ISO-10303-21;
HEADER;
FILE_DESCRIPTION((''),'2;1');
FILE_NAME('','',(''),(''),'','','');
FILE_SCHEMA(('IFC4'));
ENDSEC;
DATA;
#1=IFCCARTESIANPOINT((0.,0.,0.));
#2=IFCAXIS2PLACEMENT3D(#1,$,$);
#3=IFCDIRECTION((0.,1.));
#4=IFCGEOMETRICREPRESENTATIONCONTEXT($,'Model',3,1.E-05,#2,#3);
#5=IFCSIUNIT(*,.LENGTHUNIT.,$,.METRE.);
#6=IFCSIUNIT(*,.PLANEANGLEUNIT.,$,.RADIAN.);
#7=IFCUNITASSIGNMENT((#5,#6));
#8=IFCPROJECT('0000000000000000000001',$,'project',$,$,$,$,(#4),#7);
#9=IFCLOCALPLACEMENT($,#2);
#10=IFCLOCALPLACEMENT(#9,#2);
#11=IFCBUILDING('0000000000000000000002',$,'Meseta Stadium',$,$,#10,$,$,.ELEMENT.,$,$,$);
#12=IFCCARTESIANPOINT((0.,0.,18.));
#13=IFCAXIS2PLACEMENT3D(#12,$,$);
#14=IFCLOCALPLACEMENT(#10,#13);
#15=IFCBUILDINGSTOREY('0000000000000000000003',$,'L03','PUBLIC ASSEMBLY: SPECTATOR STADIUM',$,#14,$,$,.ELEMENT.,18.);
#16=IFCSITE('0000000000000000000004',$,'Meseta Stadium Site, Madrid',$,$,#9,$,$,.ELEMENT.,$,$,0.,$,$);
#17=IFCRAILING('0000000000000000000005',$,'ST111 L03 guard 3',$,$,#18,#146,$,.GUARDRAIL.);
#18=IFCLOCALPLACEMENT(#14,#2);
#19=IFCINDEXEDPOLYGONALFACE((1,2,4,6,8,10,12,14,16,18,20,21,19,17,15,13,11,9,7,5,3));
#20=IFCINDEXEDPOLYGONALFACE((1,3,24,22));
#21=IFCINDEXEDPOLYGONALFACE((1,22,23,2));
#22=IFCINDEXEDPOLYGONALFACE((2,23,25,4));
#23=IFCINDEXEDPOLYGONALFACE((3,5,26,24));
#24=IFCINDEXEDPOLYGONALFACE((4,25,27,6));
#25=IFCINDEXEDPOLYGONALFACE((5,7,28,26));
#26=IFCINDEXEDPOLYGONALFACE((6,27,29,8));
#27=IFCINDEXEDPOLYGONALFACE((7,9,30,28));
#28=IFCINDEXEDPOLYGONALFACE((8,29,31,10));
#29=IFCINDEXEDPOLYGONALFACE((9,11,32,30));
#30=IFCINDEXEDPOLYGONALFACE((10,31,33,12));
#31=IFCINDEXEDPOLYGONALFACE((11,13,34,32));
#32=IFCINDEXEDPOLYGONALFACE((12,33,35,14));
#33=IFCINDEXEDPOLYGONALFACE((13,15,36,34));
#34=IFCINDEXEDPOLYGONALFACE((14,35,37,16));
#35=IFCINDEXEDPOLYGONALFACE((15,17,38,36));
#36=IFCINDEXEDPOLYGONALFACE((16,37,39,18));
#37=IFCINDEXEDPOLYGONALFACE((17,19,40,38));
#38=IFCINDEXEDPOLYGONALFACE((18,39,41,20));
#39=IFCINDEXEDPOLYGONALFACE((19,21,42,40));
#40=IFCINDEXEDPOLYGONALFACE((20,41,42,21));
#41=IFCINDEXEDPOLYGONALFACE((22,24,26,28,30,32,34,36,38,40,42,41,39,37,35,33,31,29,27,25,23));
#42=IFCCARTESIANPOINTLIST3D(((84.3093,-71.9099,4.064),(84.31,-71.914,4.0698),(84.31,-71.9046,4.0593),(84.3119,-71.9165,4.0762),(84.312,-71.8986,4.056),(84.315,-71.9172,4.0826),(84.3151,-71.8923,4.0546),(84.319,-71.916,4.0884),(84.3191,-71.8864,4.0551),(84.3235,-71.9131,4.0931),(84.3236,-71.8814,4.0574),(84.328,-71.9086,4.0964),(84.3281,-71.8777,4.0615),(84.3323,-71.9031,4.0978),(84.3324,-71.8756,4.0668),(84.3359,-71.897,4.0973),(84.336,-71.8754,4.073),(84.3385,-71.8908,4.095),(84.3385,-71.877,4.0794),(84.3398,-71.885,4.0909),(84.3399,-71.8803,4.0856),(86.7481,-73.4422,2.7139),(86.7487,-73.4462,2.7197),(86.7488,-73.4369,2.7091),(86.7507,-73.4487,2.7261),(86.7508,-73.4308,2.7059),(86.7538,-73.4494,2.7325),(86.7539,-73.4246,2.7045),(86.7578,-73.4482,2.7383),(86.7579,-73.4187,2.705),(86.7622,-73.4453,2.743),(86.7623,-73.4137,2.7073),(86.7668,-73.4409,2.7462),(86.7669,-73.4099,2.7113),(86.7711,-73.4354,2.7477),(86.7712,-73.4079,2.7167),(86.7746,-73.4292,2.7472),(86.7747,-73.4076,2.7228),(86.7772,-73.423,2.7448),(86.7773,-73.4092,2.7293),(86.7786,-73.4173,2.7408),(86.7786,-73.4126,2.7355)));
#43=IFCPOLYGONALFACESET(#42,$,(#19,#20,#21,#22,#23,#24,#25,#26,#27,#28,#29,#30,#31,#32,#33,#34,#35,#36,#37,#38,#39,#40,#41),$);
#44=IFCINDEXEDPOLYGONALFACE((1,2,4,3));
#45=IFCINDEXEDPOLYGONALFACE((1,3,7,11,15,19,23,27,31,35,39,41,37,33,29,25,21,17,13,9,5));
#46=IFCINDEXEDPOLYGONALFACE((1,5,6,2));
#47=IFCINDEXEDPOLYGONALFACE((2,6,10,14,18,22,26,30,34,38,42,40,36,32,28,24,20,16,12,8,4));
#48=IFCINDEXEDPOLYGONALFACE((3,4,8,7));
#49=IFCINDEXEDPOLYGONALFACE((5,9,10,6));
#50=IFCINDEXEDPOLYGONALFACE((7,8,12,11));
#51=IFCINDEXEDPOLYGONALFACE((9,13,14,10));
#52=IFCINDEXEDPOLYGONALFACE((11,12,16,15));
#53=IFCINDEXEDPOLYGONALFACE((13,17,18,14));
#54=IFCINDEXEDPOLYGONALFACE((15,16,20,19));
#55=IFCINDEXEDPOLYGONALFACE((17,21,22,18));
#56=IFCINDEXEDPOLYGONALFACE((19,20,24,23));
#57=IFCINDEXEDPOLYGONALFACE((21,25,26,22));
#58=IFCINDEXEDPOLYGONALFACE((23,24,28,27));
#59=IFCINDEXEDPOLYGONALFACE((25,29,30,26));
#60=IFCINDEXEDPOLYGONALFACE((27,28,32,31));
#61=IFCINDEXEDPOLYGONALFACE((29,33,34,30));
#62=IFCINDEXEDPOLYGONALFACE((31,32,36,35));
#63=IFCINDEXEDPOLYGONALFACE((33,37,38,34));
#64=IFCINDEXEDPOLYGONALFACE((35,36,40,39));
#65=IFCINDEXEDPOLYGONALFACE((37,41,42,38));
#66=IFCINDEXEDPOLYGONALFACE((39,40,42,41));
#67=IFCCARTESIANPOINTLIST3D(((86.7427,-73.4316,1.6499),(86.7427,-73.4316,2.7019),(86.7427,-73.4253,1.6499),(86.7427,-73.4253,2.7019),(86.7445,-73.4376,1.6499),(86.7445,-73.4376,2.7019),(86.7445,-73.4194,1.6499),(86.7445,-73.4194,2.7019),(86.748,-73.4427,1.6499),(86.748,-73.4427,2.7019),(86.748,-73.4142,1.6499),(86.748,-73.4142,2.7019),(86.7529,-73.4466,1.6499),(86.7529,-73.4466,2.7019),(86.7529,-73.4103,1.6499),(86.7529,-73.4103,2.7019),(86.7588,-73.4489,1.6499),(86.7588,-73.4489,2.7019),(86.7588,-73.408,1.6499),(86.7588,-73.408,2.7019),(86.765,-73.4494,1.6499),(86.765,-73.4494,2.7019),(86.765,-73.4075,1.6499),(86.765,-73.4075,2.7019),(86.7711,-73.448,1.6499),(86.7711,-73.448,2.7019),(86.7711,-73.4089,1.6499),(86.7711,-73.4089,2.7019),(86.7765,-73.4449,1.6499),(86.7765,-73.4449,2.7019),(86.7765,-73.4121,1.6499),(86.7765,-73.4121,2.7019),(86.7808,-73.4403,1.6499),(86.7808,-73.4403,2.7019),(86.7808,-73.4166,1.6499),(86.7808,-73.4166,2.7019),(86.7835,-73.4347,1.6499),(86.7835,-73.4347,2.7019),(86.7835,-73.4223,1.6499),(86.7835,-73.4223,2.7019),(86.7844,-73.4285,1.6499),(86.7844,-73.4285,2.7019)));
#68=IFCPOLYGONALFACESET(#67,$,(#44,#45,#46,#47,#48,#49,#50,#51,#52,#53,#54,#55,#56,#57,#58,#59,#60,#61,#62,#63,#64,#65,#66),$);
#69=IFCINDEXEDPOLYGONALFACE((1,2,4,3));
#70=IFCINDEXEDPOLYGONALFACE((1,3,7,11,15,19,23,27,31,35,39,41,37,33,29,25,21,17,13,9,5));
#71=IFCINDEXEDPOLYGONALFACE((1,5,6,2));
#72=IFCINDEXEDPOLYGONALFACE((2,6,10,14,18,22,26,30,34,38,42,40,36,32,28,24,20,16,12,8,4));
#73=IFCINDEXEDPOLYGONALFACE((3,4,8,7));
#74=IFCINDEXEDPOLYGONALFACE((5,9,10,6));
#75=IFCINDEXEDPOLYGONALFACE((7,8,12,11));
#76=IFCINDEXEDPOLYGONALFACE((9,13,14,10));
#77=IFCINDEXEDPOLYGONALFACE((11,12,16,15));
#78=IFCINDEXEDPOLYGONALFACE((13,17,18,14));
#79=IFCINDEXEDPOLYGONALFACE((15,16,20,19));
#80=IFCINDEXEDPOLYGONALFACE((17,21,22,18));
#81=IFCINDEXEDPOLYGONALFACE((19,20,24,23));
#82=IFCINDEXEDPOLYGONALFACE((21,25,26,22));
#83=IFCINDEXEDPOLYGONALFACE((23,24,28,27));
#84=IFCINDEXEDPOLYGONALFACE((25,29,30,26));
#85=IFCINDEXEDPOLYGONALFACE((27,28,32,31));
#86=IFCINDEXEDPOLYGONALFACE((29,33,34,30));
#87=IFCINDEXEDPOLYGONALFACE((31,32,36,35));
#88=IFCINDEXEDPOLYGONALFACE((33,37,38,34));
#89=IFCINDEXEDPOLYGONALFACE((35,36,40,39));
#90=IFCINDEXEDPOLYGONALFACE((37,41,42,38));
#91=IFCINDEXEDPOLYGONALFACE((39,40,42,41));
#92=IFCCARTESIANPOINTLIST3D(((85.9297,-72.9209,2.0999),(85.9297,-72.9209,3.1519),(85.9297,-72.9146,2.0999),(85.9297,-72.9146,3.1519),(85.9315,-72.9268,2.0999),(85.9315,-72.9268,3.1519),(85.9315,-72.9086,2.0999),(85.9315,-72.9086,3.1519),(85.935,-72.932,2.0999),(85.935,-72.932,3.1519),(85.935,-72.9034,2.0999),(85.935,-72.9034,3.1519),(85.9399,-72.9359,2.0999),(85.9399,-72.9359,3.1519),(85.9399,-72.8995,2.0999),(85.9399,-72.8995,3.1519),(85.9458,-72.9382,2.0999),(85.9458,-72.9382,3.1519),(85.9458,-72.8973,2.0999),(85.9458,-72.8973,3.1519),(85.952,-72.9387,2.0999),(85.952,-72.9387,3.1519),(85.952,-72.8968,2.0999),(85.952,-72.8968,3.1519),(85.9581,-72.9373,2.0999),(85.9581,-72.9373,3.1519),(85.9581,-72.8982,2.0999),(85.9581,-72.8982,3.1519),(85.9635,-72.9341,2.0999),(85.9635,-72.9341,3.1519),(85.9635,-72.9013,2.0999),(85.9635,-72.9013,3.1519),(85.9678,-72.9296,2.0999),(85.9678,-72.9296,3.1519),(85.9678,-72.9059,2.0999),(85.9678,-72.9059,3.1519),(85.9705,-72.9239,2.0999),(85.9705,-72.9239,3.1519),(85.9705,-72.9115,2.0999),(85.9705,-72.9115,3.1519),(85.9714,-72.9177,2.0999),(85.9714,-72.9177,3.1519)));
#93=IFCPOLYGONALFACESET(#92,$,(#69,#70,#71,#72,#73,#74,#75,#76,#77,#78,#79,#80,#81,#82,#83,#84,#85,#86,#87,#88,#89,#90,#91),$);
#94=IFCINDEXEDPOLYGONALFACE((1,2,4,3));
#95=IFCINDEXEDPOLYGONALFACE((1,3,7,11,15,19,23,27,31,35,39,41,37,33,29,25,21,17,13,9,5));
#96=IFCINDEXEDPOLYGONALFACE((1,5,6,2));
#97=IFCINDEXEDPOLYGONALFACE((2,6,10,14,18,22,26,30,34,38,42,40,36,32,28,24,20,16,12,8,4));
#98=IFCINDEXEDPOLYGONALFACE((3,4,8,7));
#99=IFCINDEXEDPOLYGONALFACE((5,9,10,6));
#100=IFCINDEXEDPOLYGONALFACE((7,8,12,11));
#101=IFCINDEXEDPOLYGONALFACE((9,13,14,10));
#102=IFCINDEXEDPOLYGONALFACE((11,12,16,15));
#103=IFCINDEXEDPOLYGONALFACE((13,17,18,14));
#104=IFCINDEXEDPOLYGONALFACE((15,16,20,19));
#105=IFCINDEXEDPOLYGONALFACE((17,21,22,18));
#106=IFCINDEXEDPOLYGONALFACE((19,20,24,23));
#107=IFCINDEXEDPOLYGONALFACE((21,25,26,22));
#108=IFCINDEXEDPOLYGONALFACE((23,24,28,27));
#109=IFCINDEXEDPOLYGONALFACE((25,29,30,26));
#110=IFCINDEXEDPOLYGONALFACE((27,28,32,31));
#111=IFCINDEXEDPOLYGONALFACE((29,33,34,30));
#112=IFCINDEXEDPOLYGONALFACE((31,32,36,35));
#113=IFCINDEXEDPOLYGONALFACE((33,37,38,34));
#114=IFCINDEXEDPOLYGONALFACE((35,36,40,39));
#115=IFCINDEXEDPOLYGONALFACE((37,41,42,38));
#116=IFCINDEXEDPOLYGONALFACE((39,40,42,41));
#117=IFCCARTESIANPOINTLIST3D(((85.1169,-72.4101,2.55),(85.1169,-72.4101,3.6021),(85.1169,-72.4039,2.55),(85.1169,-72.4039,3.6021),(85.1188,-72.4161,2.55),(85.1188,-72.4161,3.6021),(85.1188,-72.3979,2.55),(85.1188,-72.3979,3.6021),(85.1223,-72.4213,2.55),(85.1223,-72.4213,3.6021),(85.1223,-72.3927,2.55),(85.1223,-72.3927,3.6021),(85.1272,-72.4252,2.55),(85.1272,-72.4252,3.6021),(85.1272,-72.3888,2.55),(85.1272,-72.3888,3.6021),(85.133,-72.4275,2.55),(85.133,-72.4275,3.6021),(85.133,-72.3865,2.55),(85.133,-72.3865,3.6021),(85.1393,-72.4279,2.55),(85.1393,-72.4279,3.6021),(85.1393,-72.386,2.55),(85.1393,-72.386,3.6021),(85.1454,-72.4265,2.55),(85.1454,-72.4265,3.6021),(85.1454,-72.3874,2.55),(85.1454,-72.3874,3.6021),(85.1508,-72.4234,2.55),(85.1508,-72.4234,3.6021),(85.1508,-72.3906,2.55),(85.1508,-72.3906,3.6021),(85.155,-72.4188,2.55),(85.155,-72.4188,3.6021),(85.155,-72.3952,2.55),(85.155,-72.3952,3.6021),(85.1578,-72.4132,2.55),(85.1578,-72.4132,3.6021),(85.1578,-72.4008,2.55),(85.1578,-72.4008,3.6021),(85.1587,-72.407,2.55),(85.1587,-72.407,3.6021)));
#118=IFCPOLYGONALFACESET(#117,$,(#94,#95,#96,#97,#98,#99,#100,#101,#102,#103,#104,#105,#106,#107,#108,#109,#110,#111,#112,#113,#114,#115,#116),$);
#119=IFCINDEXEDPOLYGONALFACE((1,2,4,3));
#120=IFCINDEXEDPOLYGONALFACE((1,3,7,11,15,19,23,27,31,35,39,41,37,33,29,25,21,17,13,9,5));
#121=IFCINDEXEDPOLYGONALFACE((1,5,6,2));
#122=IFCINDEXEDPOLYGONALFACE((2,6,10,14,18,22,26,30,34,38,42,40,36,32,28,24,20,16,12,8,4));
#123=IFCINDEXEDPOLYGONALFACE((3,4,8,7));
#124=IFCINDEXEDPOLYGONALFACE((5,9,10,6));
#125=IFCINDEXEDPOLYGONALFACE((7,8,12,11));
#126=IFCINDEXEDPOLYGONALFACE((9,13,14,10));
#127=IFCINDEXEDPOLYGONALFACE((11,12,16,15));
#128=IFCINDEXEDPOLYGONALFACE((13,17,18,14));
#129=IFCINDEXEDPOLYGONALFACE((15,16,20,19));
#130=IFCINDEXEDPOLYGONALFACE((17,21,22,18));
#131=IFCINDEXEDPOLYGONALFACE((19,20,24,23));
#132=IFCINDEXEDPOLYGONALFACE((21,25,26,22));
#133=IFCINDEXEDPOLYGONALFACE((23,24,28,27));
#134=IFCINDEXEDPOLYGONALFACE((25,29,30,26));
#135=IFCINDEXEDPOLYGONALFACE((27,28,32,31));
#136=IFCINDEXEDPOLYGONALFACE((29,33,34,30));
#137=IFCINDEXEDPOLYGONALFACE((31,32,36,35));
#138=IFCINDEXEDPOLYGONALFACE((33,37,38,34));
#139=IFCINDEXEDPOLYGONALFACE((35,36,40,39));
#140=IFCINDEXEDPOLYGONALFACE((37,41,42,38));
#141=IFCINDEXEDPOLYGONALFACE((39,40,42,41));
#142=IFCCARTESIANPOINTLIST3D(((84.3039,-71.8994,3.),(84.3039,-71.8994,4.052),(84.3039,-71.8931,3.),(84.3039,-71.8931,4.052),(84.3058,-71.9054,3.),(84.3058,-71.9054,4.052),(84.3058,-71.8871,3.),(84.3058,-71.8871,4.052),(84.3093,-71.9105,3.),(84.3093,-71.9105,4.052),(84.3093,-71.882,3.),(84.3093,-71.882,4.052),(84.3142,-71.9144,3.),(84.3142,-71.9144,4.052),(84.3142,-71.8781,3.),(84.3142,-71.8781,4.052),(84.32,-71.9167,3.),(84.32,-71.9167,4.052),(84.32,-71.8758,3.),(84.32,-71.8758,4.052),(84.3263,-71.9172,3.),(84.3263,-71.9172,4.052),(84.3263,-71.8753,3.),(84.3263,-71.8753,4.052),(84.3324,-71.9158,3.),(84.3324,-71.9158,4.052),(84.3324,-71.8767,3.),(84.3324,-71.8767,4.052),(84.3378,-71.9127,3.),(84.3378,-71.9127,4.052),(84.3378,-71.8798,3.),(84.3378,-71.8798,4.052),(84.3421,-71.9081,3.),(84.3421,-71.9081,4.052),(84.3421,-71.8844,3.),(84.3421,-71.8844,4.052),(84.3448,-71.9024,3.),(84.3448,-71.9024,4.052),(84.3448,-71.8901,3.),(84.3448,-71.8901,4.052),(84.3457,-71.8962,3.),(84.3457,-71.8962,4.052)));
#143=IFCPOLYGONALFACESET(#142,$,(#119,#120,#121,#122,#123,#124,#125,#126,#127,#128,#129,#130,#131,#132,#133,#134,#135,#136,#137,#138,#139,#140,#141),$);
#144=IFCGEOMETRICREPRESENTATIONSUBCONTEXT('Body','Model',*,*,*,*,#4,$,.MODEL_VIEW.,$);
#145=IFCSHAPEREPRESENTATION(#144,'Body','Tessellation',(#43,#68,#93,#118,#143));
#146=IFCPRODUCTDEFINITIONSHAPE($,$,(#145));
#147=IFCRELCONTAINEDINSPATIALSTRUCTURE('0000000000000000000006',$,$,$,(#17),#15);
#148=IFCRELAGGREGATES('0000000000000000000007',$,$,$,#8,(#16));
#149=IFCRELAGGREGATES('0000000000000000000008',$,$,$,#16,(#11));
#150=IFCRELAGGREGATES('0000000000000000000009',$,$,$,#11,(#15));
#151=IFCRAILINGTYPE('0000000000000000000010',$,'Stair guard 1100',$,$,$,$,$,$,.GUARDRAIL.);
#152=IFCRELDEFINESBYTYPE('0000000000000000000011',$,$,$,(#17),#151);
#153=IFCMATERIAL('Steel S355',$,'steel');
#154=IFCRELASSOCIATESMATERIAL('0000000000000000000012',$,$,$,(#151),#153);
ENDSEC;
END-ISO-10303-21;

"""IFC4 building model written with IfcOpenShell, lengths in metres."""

from ifc_helpers import new_model, si_unit, direction, frame, origin, origin_2d, place, context, subcontext, project, spatial, circle, extrude, material, type_object, element, save


model = new_model("IFC4")

# Units and contexts
model_context = context("Model", 3, precision=1e-05, world=origin(), true_north=direction((0.0, 1.0)))
body_context = subcontext(model_context, "Body", "Model", "MODEL_VIEW")
ifc_project = project(units=[si_unit("LENGTHUNIT", "METRE"), si_unit("PLANEANGLEUNIT", "RADIAN")], contexts=[model_context])

# Site, building, storey
site_placement = place(None, origin())
site = spatial("IfcSite", under=ifc_project, at=site_placement, Name="Meseta Stadium Site, Madrid", CompositionType="ELEMENT", RefElevation=0.0)
building_placement = place(site_placement, origin())
building = spatial("IfcBuilding", under=site, at=building_placement, Name="Meseta Stadium", CompositionType="ELEMENT")
storey_placement = place(building_placement, frame((0.0, 0.0, 18.0)))
storey = spatial("IfcBuildingStorey", under=building, at=storey_placement, Name="L03", Description="PUBLIC ASSEMBLY: SPECTATOR STADIUM", CompositionType="ELEMENT", Elevation=18.0)

# Railing
ifc_material_1 = material(Name="Steel S355", Category="steel")
railing_type_1 = type_object("IfcRailingType", Name="Stair guard 1100", PredefinedType="GUARDRAIL", material=ifc_material_1)
railing_1_placement = place(storey_placement, frame((86.7634, -73.4285, 1.6499)))
element("IfcRailing", 1, at=railing_1_placement, inside=storey, type_object=railing_type_1, Name="ST111 L03 guard 3", PredefinedType="GUARDRAIL", context=body_context, shape_type="SweptSolid", body=[
    extrude(circle(Radius=0.0239, at=origin_2d()), frame((0.0, 0.0, 1.0762), z_axis=(-0.766687, 0.481703, 0.424445), x_axis=(-0.532001, -0.846743, 0.0)), (0.0, 0.0, 1.0), 3.1809),
    extrude(circle(Radius=0.021, at=origin_2d()), origin(), (0.0, 0.0, 1.0), 1.052),
    extrude(circle(Radius=0.021, at=origin_2d()), frame((-0.813, 0.5107, 0.45)), (0.0, 0.0, 1.0), 1.052),
    extrude(circle(Radius=0.021, at=origin_2d()), frame((-1.6257, 1.0215, 0.9001)), (0.0, 0.0, 1.0), 1.052),
    extrude(circle(Radius=0.021, at=origin_2d()), frame((-2.4387, 1.5322, 1.3501)), (0.0, 0.0, 1.0), 1.052),
])

save(model, "model.ifc")
